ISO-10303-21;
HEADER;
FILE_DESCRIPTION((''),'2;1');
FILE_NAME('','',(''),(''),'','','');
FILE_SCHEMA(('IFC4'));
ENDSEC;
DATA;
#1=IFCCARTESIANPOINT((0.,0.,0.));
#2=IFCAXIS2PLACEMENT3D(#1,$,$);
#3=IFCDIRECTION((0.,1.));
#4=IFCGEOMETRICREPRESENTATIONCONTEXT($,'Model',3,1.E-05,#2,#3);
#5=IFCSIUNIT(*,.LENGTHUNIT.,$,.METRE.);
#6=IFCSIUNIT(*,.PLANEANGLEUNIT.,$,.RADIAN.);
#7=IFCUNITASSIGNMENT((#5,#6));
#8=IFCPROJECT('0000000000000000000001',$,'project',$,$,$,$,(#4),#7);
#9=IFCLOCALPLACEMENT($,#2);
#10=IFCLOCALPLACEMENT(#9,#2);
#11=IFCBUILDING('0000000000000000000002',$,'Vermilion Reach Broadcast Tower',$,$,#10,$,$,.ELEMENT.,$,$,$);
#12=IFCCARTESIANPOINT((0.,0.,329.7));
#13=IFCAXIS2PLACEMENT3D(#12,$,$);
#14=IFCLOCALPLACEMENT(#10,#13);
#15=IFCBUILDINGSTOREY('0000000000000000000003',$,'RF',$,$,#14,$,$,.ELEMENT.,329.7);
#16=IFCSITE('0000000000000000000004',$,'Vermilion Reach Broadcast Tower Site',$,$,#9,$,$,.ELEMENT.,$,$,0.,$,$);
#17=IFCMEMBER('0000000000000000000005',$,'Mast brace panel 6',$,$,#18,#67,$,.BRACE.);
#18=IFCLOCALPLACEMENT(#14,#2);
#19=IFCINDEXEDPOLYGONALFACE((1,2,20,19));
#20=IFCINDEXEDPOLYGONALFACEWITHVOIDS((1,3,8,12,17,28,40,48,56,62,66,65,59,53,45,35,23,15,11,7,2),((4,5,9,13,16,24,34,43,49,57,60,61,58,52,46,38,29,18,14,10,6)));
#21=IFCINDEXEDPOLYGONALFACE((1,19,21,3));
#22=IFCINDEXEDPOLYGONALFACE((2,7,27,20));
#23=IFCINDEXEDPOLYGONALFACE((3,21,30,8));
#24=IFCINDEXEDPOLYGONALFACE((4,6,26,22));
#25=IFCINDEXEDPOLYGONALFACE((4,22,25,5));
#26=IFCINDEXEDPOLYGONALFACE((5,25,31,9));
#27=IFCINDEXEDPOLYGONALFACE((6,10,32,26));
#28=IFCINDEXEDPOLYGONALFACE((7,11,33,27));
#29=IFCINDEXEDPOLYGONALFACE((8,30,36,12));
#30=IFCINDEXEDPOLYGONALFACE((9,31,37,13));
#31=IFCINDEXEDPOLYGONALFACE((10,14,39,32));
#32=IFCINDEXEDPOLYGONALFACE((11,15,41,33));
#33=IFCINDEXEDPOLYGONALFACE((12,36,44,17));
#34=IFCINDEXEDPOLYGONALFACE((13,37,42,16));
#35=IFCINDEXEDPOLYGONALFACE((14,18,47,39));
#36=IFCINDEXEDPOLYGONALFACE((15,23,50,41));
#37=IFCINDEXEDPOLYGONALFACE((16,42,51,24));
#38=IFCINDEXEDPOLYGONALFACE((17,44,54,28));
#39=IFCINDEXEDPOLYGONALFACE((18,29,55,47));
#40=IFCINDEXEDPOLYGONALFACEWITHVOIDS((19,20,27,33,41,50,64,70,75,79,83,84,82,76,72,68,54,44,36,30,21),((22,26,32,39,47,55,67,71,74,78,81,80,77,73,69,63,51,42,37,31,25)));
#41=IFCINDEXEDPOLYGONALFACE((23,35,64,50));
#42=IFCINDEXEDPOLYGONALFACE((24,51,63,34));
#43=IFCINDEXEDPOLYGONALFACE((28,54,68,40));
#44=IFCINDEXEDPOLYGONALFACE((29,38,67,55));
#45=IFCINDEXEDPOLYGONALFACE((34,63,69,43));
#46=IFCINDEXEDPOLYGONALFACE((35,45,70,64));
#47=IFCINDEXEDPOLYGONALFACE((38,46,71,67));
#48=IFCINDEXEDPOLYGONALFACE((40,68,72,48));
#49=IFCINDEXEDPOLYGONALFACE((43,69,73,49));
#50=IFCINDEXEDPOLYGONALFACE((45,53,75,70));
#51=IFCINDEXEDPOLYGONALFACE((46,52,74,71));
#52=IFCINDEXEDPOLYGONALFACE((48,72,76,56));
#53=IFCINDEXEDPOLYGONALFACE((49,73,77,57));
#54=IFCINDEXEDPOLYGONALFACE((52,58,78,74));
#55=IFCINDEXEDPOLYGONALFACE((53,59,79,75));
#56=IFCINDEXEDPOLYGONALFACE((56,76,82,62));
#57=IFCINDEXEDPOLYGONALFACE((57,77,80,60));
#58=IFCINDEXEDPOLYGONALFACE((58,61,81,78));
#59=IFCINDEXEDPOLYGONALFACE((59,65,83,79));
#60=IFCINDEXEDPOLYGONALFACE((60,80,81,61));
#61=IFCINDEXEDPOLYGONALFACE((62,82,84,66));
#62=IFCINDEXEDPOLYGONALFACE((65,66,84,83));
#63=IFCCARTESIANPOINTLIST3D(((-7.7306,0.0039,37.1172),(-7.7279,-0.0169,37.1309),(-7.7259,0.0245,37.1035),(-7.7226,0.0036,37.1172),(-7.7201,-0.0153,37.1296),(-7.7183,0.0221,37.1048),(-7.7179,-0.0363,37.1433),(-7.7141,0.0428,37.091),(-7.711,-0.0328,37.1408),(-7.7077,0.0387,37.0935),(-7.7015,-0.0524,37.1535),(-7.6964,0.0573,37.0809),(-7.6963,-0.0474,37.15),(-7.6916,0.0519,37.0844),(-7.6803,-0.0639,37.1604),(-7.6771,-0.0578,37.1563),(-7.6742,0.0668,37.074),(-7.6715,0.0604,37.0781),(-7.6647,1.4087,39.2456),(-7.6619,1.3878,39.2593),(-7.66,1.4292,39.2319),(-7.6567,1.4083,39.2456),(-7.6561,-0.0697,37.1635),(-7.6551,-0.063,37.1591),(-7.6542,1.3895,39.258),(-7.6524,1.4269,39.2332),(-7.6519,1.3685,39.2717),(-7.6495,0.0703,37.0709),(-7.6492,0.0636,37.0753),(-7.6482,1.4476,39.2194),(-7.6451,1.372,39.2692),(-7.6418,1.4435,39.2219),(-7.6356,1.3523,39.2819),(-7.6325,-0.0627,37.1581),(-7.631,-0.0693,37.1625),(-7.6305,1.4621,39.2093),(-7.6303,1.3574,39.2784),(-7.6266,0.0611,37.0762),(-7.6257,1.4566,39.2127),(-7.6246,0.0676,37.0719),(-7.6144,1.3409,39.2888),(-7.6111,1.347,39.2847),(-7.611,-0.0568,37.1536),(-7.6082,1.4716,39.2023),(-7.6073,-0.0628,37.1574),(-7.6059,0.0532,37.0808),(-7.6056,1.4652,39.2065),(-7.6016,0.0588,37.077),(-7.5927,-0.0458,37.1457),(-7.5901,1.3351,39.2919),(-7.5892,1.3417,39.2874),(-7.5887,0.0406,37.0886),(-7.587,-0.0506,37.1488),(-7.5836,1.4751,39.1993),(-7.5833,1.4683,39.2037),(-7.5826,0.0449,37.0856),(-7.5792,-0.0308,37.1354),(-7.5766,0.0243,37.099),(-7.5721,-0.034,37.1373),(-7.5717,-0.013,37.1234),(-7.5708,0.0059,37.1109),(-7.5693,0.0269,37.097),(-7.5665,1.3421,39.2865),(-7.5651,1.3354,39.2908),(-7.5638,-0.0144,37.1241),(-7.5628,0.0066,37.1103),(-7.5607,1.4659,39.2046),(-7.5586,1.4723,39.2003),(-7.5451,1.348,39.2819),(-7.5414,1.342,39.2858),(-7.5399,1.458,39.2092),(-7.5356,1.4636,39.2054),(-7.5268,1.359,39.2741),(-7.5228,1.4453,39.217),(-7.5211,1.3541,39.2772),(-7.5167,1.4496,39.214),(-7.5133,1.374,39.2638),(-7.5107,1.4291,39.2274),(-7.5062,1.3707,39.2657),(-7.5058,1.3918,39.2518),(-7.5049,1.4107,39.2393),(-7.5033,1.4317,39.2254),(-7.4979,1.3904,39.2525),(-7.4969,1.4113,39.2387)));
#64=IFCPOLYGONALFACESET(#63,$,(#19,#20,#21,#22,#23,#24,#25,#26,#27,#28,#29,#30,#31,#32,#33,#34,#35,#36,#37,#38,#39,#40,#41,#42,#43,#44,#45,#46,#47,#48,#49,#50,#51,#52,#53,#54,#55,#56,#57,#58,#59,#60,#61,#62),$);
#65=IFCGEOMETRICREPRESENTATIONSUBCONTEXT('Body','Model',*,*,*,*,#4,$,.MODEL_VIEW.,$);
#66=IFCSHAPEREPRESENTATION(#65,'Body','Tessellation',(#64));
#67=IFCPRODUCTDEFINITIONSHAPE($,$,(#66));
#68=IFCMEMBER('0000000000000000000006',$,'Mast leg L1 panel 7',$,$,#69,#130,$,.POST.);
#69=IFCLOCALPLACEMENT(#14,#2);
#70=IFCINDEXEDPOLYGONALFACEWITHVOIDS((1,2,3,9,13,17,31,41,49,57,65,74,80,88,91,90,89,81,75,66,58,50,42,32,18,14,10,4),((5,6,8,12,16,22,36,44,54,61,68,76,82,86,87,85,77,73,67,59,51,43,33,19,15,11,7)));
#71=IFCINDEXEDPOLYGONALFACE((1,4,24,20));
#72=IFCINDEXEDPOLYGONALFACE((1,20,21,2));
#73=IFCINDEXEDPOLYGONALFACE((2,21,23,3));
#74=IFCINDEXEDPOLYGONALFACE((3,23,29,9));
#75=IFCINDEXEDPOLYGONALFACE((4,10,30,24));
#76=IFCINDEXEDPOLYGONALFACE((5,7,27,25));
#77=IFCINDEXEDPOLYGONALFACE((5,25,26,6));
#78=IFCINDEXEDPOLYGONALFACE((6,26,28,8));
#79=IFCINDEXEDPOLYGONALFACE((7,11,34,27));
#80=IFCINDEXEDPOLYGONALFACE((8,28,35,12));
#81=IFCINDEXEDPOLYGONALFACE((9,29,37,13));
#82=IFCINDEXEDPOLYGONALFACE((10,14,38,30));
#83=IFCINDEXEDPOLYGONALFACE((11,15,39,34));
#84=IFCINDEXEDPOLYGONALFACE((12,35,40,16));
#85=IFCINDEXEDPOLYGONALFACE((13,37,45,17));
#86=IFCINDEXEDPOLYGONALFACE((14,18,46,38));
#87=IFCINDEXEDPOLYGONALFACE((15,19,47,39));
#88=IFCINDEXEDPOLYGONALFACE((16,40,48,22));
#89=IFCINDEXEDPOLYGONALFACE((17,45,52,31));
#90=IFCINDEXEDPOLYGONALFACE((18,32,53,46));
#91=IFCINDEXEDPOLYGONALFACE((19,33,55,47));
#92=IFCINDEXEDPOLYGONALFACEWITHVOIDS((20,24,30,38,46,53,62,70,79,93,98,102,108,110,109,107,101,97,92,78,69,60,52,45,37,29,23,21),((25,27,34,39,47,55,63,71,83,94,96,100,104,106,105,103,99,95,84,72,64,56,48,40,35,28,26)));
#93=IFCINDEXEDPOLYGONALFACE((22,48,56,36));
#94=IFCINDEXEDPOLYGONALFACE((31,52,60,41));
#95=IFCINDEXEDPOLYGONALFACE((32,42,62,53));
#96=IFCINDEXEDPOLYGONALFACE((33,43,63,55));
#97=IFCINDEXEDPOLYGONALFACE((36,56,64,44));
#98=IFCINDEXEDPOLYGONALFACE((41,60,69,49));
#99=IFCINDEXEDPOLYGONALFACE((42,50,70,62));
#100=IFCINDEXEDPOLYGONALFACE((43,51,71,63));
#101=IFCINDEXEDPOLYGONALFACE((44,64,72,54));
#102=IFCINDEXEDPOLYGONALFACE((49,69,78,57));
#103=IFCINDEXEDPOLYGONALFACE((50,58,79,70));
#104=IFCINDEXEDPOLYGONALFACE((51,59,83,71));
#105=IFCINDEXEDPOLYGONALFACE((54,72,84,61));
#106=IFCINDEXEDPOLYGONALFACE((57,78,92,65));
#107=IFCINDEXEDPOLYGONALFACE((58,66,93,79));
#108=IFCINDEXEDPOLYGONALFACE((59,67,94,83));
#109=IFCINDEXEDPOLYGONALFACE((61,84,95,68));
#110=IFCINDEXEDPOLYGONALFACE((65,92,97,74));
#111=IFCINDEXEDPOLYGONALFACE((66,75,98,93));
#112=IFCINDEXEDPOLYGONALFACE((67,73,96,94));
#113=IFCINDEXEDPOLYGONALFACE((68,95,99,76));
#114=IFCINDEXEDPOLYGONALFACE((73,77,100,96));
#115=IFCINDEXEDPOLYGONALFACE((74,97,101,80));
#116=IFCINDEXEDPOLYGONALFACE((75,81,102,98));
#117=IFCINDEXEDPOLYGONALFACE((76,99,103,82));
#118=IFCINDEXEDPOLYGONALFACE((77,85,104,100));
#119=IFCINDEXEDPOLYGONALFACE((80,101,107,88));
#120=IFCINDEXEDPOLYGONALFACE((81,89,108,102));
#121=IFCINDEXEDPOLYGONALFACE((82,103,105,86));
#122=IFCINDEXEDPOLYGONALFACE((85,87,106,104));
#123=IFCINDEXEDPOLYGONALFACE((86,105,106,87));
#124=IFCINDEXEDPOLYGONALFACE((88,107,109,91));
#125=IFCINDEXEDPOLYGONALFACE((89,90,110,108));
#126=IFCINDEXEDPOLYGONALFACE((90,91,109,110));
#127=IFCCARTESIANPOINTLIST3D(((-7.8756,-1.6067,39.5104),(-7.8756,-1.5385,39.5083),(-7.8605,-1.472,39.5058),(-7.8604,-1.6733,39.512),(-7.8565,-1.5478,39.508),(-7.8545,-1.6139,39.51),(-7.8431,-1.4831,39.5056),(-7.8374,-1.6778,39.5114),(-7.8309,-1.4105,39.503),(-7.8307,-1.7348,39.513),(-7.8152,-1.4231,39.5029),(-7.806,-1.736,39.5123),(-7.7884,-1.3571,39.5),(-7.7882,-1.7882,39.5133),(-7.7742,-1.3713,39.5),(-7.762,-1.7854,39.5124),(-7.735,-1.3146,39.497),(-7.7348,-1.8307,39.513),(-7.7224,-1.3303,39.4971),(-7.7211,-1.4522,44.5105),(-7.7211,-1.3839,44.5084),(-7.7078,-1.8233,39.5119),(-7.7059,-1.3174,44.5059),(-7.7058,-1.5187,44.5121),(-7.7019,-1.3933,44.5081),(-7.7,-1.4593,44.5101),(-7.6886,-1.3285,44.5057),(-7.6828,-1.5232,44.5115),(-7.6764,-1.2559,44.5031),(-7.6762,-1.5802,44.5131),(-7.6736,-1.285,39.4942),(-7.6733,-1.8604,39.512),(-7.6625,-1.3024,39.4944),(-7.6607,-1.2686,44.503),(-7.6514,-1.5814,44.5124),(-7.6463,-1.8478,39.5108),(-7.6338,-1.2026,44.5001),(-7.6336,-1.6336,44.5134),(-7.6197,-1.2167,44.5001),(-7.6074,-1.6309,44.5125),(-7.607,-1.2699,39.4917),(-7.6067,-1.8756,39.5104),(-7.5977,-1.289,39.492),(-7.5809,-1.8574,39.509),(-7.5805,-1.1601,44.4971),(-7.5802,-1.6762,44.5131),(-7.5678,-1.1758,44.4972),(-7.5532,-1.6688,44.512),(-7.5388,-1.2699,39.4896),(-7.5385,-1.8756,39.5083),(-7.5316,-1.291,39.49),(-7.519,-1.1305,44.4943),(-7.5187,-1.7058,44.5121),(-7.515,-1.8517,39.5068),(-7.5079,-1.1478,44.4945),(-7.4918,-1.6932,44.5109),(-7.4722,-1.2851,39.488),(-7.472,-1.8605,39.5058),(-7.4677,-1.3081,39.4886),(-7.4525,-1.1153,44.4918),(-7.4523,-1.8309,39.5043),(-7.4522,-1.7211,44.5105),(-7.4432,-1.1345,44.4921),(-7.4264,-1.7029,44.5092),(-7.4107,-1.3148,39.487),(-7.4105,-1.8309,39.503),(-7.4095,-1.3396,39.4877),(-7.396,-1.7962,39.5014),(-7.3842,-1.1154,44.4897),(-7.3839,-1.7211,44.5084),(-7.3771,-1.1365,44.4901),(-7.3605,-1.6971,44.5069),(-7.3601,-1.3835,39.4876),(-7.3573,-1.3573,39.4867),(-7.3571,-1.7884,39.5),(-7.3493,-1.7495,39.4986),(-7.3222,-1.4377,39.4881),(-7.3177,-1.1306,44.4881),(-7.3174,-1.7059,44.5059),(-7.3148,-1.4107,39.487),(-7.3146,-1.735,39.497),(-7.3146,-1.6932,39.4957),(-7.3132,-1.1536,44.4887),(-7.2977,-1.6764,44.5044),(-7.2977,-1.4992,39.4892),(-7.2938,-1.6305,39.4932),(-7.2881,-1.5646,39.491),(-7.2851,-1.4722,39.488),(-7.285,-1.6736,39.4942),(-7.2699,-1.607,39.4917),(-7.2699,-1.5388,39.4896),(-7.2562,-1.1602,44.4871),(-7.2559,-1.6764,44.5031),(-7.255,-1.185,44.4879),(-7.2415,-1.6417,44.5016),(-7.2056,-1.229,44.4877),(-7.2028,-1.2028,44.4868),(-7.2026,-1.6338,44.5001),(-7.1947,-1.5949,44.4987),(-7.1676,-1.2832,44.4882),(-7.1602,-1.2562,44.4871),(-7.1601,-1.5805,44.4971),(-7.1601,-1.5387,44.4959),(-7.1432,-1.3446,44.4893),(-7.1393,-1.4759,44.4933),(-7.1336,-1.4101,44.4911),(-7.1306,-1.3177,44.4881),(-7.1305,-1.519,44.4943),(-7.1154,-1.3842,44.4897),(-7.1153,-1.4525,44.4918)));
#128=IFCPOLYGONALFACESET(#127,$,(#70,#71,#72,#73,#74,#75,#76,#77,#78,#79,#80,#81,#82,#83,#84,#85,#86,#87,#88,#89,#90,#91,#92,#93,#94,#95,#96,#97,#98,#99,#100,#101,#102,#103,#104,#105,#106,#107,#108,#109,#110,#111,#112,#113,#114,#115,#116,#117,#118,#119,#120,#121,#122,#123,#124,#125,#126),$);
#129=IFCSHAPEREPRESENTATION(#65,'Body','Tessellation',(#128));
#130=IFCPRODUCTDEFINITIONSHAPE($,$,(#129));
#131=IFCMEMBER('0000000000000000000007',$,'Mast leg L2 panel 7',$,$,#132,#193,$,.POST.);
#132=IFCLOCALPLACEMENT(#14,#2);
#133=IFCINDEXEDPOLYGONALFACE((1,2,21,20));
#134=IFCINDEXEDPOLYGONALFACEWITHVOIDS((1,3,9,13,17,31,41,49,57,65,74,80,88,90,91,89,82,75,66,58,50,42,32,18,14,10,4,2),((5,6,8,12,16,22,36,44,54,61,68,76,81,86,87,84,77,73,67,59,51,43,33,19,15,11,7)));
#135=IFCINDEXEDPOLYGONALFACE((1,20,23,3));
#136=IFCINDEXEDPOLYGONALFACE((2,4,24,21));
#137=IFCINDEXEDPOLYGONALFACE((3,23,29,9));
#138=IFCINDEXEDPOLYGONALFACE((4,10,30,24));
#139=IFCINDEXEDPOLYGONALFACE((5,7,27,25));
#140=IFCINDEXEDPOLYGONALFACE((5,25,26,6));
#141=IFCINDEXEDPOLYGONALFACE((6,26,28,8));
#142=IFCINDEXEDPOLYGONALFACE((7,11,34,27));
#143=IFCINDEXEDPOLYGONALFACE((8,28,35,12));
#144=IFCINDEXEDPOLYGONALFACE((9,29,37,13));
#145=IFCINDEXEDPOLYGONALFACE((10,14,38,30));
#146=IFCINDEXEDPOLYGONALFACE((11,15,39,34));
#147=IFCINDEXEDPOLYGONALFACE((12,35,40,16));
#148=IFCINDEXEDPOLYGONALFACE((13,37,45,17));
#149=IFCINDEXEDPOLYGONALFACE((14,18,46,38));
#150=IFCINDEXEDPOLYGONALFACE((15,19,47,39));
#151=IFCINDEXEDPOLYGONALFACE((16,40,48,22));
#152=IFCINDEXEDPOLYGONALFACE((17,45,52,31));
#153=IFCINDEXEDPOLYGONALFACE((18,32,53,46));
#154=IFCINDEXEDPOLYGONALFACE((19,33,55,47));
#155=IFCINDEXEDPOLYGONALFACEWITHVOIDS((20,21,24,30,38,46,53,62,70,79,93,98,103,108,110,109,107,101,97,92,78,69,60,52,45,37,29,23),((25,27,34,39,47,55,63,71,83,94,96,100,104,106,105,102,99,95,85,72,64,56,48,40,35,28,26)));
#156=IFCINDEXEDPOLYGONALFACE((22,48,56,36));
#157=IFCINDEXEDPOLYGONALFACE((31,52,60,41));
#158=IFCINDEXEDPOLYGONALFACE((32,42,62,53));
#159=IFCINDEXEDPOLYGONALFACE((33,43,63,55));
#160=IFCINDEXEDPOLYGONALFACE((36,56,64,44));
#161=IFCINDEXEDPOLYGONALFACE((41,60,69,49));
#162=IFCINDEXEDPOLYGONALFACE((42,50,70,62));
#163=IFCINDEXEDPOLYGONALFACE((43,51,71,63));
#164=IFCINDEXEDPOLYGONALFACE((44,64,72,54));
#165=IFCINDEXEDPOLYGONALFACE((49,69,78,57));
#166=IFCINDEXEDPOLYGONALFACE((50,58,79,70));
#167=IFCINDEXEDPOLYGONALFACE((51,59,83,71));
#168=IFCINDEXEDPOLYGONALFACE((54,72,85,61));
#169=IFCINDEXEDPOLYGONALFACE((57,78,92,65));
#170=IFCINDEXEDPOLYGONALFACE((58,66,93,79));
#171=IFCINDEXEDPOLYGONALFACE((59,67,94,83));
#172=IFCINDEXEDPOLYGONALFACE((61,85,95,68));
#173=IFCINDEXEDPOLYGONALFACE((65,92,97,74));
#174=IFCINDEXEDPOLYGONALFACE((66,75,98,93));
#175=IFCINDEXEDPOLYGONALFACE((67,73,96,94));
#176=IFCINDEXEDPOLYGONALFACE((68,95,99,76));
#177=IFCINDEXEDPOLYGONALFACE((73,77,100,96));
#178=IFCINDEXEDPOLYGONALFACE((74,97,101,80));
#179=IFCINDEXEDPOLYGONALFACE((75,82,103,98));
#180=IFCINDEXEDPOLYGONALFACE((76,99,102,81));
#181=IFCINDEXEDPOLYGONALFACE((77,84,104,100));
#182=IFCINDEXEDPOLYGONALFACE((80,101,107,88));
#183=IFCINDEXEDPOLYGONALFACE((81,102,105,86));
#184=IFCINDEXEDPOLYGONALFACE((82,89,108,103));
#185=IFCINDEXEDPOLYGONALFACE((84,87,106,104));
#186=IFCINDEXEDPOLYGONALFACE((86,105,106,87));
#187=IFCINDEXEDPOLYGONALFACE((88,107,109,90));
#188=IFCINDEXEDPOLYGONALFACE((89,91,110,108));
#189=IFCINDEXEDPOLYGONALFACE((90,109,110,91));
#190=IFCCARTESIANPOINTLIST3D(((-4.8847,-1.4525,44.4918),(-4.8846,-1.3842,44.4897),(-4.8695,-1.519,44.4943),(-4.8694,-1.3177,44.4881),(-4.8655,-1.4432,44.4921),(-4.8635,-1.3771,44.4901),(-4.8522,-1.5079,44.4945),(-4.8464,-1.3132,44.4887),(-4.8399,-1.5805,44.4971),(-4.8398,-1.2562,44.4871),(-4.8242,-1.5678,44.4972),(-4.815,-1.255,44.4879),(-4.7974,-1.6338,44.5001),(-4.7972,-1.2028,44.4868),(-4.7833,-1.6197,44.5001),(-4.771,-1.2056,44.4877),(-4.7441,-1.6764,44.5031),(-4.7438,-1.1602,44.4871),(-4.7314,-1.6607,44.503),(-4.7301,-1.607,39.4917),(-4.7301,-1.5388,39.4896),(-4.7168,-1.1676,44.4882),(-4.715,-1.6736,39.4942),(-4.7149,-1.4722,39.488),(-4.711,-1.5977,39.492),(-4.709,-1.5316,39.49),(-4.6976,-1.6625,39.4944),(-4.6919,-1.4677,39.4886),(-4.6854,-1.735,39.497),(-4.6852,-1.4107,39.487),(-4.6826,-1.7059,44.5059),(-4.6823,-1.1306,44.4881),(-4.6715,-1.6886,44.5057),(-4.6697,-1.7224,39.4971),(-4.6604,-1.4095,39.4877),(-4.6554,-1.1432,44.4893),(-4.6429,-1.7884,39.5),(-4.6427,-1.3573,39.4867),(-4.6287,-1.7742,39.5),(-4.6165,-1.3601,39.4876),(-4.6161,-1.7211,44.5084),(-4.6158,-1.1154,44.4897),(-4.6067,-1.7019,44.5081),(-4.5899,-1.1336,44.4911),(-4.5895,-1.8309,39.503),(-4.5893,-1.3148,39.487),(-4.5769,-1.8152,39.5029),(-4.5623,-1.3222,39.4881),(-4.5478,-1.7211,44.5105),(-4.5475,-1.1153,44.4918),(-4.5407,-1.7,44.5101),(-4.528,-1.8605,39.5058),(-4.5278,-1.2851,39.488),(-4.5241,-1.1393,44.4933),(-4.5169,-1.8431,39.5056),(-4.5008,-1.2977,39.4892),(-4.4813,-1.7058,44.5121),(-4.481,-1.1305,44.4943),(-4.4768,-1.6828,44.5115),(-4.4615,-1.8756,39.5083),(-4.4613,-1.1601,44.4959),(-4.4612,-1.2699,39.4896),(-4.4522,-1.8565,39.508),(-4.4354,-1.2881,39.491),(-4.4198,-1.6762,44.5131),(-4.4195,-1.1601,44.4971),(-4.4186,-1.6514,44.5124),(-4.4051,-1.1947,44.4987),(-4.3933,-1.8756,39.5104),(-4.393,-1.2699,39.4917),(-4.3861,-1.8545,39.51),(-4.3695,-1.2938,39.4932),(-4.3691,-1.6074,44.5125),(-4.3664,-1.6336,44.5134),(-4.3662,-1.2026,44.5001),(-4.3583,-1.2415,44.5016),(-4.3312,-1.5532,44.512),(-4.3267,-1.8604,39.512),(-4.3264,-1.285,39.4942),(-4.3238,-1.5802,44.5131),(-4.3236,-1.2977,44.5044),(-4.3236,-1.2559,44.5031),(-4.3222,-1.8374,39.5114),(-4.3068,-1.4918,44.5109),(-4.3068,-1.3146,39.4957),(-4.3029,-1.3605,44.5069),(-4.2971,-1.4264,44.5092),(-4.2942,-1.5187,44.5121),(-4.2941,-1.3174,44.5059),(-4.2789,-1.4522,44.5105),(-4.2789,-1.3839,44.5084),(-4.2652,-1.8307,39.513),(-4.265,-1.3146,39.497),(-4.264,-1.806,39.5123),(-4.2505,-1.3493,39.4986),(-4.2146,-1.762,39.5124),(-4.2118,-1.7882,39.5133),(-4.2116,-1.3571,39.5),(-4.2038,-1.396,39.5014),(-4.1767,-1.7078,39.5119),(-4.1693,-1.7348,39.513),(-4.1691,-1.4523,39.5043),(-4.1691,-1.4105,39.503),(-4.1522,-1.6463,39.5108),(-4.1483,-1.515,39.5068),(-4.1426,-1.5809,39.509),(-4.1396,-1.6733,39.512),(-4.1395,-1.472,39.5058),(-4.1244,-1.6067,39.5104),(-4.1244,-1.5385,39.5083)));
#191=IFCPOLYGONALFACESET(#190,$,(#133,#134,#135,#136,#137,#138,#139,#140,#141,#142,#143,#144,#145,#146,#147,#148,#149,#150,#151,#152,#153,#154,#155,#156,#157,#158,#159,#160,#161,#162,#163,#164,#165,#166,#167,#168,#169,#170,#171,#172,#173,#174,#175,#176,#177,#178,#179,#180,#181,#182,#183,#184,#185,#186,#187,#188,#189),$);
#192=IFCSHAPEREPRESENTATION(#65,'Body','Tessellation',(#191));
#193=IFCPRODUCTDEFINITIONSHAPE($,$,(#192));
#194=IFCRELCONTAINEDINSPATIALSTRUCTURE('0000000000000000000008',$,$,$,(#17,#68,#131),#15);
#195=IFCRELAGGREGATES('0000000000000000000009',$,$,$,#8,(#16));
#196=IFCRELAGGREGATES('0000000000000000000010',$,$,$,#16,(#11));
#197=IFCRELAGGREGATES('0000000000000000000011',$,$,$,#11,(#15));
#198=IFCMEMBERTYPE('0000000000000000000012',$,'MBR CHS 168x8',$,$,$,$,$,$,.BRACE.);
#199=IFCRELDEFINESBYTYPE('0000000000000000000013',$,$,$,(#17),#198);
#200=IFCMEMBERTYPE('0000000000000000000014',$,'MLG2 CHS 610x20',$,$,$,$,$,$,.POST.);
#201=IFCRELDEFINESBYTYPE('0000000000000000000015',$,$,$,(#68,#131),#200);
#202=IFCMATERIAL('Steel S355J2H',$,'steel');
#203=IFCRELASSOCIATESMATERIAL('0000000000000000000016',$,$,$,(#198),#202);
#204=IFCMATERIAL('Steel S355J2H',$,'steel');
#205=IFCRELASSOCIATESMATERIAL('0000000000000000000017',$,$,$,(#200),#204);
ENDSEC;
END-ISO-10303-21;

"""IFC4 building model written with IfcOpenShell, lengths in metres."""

from ifc_helpers import new_model, si_unit, direction, frame, origin, origin_2d, place, context, subcontext, project, spatial, hollow_circle, extrude, material, material_profile, profile_set, type_object, element, save


model = new_model("IFC4")

# Units and contexts
model_context = context("Model", 3, precision=1e-05, world=origin(), true_north=direction((0.0, 1.0)))
body_context = subcontext(model_context, "Body", "Model", "MODEL_VIEW")
ifc_project = project(units=[si_unit("LENGTHUNIT", "METRE"), si_unit("PLANEANGLEUNIT", "RADIAN")], contexts=[model_context])

# Site, building, storey
site_placement = place(None, origin())
site = spatial("IfcSite", under=ifc_project, at=site_placement, Name="Vermilion Reach Broadcast Tower Site", CompositionType="ELEMENT", RefElevation=0.0)
building_placement = place(site_placement, origin())
building = spatial("IfcBuilding", under=site, at=building_placement, Name="Vermilion Reach Broadcast Tower", CompositionType="ELEMENT")
storey_placement = place(building_placement, frame((0.0, 0.0, 329.7)))
storey = spatial("IfcBuildingStorey", under=building, at=storey_placement, Name="RF", CompositionType="ELEMENT", Elevation=329.7)

# Members
ifc_material_1 = material(Name="Steel S355J2H", Category="steel")
ifc_material_profile_1 = material_profile(ifc_material_1, hollow_circle(Radius=0.0842, WallThickness=0.0081, at=origin_2d()), Name="S355J2H CHS 168x8")
ifc_profile_set_1 = profile_set([ifc_material_profile_1], Name="Steel S355J2H")
member_type_1 = type_object("IfcMemberType", Name="MBR CHS 168x8", PredefinedType="BRACE", material=ifc_profile_set_1)
for number, where, z_axis, x_axis, name in (
    (1, (-7.6465, 0.0, 37.1172), (0.025839, 0.550666, 0.834325), (-0.998901, 0.046872, 0.0), "Mast brace panel 6"),
):
    element("IfcMember", number, at=place(storey_placement, frame(where, z_axis=z_axis, x_axis=x_axis)), inside=storey, type_object=member_type_1, Name=name, PredefinedType="BRACE", context=body_context, shape_type="SweptSolid", body=[
        extrude(hollow_circle(Radius=0.0842, WallThickness=0.0081, at=origin_2d()), origin(), (0.0, 0.0, 1.0), 2.551),
    ])
ifc_material_2 = material(Name="Steel S355J2H", Category="steel")
ifc_material_profile_2 = material_profile(ifc_material_2, hollow_circle(Radius=0.3049, WallThickness=0.02, at=origin_2d()), Name="S355J2H CHS 610x20")
ifc_profile_set_2 = profile_set([ifc_material_profile_2], Name="Steel S355J2H")
member_type_2 = type_object("IfcMemberType", Name="MLG2 CHS 610x20", PredefinedType="POST", material=ifc_profile_set_2)
for number, where, z_axis, x_axis, name in (
    (2, (-7.5728, -1.5728, 39.5), (0.030879, 0.030879, 0.999046), (-0.707107, 0.707107, 0.0), "Mast leg L1 panel 7"),
    (3, (-4.4272, -1.5728, 39.5), (-0.030879, 0.030879, 0.999046), (-0.707107, -0.707107, 0.0), "Mast leg L2 panel 7"),
):
    element("IfcMember", number, at=place(storey_placement, frame(where, z_axis=z_axis, x_axis=x_axis)), inside=storey, type_object=member_type_2, Name=name, PredefinedType="POST", context=body_context, shape_type="SweptSolid", body=[
        extrude(hollow_circle(Radius=0.3049, WallThickness=0.02, at=origin_2d()), origin(), (0.0, 0.0, 1.0), 5.0049),
    ])

save(model, "model.ifc")
